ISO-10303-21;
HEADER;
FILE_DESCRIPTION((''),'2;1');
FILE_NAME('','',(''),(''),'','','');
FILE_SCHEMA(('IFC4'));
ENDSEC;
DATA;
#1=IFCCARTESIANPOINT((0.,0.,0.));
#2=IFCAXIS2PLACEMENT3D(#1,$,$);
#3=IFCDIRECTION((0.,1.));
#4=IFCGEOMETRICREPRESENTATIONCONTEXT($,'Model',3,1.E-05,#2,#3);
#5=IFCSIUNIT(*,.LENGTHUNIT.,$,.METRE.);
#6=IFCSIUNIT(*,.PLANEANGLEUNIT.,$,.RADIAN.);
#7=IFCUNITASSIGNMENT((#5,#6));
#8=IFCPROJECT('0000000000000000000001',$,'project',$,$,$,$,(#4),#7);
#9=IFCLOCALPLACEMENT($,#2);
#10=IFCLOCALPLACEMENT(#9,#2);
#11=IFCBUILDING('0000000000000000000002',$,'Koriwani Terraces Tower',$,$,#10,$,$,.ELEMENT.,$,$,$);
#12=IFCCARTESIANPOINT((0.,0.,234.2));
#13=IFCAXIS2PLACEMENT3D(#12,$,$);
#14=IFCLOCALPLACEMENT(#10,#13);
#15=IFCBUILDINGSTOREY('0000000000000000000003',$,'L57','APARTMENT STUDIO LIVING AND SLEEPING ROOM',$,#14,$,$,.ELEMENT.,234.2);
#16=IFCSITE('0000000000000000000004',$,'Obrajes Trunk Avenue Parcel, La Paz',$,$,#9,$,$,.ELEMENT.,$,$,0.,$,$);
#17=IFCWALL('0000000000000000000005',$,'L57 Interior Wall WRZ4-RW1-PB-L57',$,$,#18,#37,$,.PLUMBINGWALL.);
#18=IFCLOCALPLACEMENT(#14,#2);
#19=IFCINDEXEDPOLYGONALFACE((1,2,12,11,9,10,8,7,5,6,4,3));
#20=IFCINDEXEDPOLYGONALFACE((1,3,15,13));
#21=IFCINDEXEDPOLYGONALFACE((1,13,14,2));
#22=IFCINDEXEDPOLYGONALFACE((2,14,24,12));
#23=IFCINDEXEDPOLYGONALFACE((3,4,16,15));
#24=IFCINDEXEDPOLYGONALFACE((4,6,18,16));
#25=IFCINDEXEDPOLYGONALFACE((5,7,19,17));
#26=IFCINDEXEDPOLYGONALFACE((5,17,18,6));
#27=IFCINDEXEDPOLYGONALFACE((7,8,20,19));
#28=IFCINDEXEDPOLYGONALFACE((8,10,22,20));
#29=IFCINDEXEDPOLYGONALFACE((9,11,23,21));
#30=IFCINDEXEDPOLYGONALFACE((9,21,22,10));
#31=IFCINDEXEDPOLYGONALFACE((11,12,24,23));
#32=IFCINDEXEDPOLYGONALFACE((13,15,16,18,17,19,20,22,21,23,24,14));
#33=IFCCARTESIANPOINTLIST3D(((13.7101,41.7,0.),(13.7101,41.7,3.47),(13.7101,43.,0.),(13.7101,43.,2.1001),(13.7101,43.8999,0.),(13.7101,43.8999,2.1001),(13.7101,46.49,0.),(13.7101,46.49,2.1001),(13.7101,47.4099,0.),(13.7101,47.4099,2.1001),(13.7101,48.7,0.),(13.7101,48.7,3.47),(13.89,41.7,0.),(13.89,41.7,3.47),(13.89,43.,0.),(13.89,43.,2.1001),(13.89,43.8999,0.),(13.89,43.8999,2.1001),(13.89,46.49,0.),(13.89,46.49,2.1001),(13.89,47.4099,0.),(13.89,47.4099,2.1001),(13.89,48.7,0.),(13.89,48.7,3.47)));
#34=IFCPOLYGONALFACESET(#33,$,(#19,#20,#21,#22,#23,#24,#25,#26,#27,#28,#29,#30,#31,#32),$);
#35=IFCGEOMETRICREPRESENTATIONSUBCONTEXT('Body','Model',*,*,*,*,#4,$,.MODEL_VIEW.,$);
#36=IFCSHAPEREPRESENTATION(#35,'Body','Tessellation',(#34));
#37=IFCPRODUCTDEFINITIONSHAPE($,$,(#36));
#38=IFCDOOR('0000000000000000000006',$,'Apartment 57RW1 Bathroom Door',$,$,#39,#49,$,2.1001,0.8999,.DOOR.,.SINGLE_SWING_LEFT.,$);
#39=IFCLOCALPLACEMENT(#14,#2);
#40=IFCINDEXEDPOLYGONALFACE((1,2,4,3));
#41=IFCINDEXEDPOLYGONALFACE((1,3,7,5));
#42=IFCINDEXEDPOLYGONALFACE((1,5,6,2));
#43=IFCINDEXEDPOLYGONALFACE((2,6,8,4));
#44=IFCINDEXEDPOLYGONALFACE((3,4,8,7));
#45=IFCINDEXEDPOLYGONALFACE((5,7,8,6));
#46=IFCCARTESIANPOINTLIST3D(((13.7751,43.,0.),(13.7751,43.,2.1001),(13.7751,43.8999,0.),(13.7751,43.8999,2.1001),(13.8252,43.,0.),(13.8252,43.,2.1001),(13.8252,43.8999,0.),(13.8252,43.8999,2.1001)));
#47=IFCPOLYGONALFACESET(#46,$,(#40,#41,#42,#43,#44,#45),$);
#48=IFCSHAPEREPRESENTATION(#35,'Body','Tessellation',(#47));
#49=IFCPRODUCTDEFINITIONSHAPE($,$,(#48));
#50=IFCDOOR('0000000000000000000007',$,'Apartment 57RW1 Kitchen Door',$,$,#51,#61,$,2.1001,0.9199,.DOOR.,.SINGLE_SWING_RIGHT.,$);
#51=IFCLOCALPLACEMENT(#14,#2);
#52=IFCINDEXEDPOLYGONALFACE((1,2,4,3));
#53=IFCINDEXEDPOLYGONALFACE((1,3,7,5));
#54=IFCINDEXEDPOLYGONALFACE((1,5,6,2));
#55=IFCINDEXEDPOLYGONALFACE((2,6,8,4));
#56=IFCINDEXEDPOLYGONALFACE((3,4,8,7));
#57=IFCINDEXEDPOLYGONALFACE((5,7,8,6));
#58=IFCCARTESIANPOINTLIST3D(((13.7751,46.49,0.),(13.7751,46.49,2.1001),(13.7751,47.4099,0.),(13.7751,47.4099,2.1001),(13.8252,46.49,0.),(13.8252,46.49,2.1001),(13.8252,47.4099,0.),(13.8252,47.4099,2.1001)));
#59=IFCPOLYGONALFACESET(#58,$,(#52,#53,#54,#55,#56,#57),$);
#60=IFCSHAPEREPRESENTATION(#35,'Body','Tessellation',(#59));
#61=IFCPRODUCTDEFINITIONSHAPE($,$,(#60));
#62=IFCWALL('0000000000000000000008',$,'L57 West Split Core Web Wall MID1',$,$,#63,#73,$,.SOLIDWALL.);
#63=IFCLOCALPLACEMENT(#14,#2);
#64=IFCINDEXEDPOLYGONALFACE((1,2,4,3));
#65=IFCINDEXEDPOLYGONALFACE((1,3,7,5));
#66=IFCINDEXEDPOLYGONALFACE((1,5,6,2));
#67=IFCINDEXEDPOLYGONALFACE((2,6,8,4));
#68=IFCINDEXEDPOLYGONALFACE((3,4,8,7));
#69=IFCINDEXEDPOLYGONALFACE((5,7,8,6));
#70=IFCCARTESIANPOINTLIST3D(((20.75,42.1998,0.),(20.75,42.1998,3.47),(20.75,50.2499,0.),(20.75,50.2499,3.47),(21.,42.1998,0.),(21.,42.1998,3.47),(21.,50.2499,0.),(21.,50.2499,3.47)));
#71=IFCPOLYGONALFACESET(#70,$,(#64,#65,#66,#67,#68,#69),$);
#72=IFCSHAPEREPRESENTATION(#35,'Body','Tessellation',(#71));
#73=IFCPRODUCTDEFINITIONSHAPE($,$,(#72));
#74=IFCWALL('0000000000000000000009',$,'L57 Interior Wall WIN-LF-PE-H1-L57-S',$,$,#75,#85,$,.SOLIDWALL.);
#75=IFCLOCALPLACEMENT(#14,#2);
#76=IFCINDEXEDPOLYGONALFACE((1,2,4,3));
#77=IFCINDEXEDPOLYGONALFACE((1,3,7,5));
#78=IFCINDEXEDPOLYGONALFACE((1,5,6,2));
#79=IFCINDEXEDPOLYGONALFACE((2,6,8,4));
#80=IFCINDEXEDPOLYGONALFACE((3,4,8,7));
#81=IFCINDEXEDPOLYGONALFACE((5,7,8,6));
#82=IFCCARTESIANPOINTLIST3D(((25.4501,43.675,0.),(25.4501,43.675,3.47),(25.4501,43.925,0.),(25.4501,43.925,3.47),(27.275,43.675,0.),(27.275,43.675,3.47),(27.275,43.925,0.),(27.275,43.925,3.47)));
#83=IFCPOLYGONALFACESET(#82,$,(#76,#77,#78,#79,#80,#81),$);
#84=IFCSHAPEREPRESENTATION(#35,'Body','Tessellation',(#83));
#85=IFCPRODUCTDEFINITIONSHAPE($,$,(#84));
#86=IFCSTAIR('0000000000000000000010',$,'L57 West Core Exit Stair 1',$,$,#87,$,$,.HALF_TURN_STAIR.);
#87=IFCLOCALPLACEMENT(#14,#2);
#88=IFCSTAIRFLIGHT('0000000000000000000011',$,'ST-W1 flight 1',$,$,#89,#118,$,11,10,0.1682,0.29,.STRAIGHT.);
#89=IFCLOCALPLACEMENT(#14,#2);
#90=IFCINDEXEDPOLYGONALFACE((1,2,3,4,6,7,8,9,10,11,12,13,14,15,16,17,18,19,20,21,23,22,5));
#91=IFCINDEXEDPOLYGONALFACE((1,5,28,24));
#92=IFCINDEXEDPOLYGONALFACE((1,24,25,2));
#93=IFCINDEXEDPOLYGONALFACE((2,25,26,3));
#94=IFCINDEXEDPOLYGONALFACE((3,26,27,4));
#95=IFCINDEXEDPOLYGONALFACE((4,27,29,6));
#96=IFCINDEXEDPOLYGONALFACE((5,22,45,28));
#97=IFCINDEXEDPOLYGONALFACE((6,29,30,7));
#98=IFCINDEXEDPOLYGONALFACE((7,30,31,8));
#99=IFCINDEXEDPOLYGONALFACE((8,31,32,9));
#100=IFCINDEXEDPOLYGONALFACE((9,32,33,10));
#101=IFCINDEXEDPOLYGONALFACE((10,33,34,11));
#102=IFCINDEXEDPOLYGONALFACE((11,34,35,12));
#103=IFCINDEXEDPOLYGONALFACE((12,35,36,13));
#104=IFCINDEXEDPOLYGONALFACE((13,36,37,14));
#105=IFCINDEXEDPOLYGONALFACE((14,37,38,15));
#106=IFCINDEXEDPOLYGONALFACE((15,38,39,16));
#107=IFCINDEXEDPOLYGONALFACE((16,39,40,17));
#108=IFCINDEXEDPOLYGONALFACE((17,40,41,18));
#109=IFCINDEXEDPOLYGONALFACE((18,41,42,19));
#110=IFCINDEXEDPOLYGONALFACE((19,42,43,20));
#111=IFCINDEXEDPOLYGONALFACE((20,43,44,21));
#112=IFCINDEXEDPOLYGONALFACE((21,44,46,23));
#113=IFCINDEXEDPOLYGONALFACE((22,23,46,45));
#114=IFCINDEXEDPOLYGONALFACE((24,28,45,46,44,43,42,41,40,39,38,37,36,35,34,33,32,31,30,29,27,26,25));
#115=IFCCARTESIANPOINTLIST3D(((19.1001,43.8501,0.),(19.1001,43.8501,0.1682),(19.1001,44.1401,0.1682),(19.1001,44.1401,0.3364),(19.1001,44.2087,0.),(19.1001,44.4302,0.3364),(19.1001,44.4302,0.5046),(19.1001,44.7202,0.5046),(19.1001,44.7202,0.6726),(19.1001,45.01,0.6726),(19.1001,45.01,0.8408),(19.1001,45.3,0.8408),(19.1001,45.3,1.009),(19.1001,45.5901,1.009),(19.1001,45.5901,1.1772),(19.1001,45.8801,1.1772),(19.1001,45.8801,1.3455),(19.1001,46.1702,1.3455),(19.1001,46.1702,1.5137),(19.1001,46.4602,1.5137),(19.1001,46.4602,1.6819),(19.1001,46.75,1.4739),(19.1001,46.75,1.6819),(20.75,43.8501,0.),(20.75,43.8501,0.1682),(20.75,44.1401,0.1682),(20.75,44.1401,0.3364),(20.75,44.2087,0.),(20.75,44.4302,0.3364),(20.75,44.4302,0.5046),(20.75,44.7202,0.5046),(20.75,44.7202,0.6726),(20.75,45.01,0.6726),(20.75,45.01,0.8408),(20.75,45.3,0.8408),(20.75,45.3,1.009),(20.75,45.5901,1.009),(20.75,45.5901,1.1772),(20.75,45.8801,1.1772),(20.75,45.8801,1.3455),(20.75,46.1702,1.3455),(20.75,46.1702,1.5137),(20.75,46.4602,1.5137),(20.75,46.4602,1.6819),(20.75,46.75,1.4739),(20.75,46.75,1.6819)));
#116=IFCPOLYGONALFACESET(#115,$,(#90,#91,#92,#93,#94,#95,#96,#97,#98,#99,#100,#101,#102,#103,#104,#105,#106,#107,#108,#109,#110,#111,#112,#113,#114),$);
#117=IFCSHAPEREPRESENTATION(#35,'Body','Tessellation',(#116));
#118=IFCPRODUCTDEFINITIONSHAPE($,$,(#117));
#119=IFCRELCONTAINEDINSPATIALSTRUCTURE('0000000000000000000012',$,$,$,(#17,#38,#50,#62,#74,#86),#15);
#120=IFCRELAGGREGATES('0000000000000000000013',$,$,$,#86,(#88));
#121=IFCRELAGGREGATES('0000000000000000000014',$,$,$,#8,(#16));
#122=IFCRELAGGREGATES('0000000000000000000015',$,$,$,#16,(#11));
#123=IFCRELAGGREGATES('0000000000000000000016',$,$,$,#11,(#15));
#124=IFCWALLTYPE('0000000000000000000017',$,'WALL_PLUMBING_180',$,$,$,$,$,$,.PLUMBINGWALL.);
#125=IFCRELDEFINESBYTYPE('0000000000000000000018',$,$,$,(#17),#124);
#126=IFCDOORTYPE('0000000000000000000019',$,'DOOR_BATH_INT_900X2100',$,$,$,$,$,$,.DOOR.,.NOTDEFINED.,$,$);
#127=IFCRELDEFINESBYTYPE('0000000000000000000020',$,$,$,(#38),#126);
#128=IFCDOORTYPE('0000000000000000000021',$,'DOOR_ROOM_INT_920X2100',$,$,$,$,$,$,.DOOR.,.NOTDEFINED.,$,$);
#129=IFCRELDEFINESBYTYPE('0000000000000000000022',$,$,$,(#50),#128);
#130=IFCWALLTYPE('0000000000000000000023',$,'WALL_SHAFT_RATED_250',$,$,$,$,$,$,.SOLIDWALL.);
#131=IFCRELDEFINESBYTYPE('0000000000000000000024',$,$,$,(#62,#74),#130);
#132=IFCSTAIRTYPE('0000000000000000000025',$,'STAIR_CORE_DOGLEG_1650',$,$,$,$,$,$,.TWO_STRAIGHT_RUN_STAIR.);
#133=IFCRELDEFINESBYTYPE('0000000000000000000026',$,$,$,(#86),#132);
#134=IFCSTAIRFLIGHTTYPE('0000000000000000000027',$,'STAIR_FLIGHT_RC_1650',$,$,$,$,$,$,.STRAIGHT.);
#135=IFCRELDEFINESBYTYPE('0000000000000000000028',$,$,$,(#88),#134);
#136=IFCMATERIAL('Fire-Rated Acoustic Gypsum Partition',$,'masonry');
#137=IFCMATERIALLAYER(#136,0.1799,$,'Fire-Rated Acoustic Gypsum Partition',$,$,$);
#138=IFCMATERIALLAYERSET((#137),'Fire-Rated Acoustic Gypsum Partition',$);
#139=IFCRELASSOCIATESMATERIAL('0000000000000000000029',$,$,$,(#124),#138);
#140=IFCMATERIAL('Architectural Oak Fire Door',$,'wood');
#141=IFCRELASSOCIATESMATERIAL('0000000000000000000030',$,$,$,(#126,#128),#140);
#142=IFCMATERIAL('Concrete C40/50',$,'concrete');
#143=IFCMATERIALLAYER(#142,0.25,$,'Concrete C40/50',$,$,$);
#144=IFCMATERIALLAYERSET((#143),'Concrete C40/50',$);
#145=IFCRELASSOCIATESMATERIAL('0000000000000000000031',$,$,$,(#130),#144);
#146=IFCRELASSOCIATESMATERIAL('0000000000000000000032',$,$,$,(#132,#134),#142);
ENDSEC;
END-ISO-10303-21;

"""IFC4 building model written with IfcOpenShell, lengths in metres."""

from ifc_helpers import new_model, si_unit, direction, frame, frame_2d, origin, place, context, subcontext, project, spatial, polyline, rectangle, outline, extrude, material, layer, layer_set, type_object, element, fill, aggregate, save


model = new_model("IFC4")

# Units and contexts
model_context = context("Model", 3, precision=1e-05, world=origin(), true_north=direction((0.0, 1.0)))
body_context = subcontext(model_context, "Body", "Model", "MODEL_VIEW")
ifc_project = project(units=[si_unit("LENGTHUNIT", "METRE"), si_unit("PLANEANGLEUNIT", "RADIAN")], contexts=[model_context])

# Site, building, storey
site_placement = place(None, origin())
site = spatial("IfcSite", under=ifc_project, at=site_placement, Name="Obrajes Trunk Avenue Parcel, La Paz", CompositionType="ELEMENT", RefElevation=0.0)
building_placement = place(site_placement, origin())
building = spatial("IfcBuilding", under=site, at=building_placement, Name="Koriwani Terraces Tower", CompositionType="ELEMENT")
storey_placement = place(building_placement, frame((0.0, 0.0, 234.2)))
storey = spatial("IfcBuildingStorey", under=building, at=storey_placement, Name="L57", Description="APARTMENT STUDIO LIVING AND SLEEPING ROOM", CompositionType="ELEMENT", Elevation=234.2)

# Shared definitions
ifc_material_1 = material(Name="Concrete C40/50", Category="concrete")

# Shared definitions
ifc_material_2 = material(Name="Architectural Oak Fire Door", Category="wood")

# Wall, openings, doors
ifc_material_3 = material(Name="Fire-Rated Acoustic Gypsum Partition", Category="masonry")
ifc_layer_1 = layer(ifc_material_3, 0.1799, Name="Fire-Rated Acoustic Gypsum Partition")
ifc_layer_set_1 = layer_set([ifc_layer_1], Name="Fire-Rated Acoustic Gypsum Partition")
wall_type_1 = type_object("IfcWallType", Name="WALL_PLUMBING_180", PredefinedType="PLUMBINGWALL", material=ifc_layer_set_1)
wall_1_placement = place(storey_placement, frame((13.8, 41.7, 0.0), z_axis=(0.0, 0.0, 1.0), x_axis=(0.0, 1.0, 0.0)))
wall_1 = element("IfcWall", 1, at=wall_1_placement, inside=storey, type_object=wall_type_1, Name="L57 Interior Wall WRZ4-RW1-PB-L57", PredefinedType="PLUMBINGWALL", context=body_context, shape_type="SweptSolid", body=[
    extrude(rectangle(XDim=7.0, YDim=0.1799, at=frame_2d((3.5, 0.0))), origin(), (0.0, 0.0, 1.0), 3.47),
])
opening_1_placement = place(wall_1_placement, frame((1.3, 0.0, 0.0)))
opening_1 = element("IfcOpeningElement", 2, at=opening_1_placement, cuts=wall_1, PredefinedType="OPENING", context=body_context, shape_type="SweptSolid", body=[
    extrude(rectangle(XDim=0.8999, YDim=2.1001, at=frame_2d((0.45, 1.05))), frame((0.0, 0.1001, 0.0), z_axis=(0.0, -1.0, 0.0), x_axis=(1.0, 0.0, 0.0)), (0.0, 0.0, 1.0), 0.2),
])
opening_2_placement = place(wall_1_placement, frame((4.79, 0.0, 0.0)))
opening_2 = element("IfcOpeningElement", 3, at=opening_2_placement, cuts=wall_1, PredefinedType="OPENING", context=body_context, shape_type="SweptSolid", body=[
    extrude(rectangle(XDim=0.9199, YDim=2.1001, at=frame_2d((0.46, 1.05))), frame((0.0, 0.1001, 0.0), z_axis=(0.0, -1.0, 0.0), x_axis=(1.0, 0.0, 0.0)), (0.0, 0.0, 1.0), 0.2),
])
door_type_1 = type_object("IfcDoorType", Name="DOOR_BATH_INT_900X2100", OperationType="NOTDEFINED", PredefinedType="DOOR", material=ifc_material_2)
door_1_placement = place(opening_1_placement, origin())
door_1 = element("IfcDoor", 4, at=door_1_placement, inside=storey, type_object=door_type_1, Name="Apartment 57RW1 Bathroom Door", OperationType="SINGLE_SWING_LEFT", OverallHeight=2.1001, OverallWidth=0.8999, PredefinedType="DOOR", context=body_context, shape_type="SweptSolid", body=[
    extrude(rectangle(XDim=0.8999, YDim=2.1001, at=frame_2d((0.45, 1.05))), frame((0.0, 0.0249, 0.0), z_axis=(0.0, -1.0, 0.0), x_axis=(1.0, 0.0, 0.0)), (0.0, 0.0, 1.0), 0.05),
])
fill(opening_1, door_1)
door_type_2 = type_object("IfcDoorType", Name="DOOR_ROOM_INT_920X2100", OperationType="NOTDEFINED", PredefinedType="DOOR", material=ifc_material_2)
door_2_placement = place(opening_2_placement, origin())
door_2 = element("IfcDoor", 5, at=door_2_placement, inside=storey, type_object=door_type_2, Name="Apartment 57RW1 Kitchen Door", OperationType="SINGLE_SWING_RIGHT", OverallHeight=2.1001, OverallWidth=0.9199, PredefinedType="DOOR", context=body_context, shape_type="SweptSolid", body=[
    extrude(rectangle(XDim=0.9199, YDim=2.1001, at=frame_2d((0.46, 1.05))), frame((0.0, 0.0249, 0.0), z_axis=(0.0, -1.0, 0.0), x_axis=(1.0, 0.0, 0.0)), (0.0, 0.0, 1.0), 0.05),
])
fill(opening_2, door_2)

# Wall
ifc_layer_2 = layer(ifc_material_1, 0.25, Name="Concrete C40/50")
ifc_layer_set_2 = layer_set([ifc_layer_2], Name="Concrete C40/50")
wall_type_2 = type_object("IfcWallType", Name="WALL_SHAFT_RATED_250", PredefinedType="SOLIDWALL", material=ifc_layer_set_2)
wall_2_placement = place(storey_placement, frame((20.875, 42.2, 0.0), z_axis=(0.0, 0.0, 1.0), x_axis=(0.0, 1.0, 0.0)))
element("IfcWall", 6, at=wall_2_placement, inside=storey, type_object=wall_type_2, Name="L57 West Split Core Web Wall MID1", PredefinedType="SOLIDWALL", context=body_context, shape_type="SweptSolid", body=[
    extrude(rectangle(XDim=8.05, YDim=0.25, at=frame_2d((4.0249, 0.0))), origin(), (0.0, 0.0, 1.0), 3.47),
])

# Wall
wall_3_placement = place(storey_placement, frame((25.45, 43.8, 0.0), z_axis=(0.0, 0.0, 1.0), x_axis=(1.0, 0.0, 0.0)))
element("IfcWall", 7, at=wall_3_placement, inside=storey, type_object=wall_type_2, Name="L57 Interior Wall WIN-LF-PE-H1-L57-S", PredefinedType="SOLIDWALL", context=body_context, shape_type="SweptSolid", body=[
    extrude(rectangle(XDim=1.825, YDim=0.25, at=frame_2d((0.9126, 0.0))), origin(), (0.0, 0.0, 1.0), 3.47),
])

# Stair, stair flight
stair_type = type_object("IfcStairType", Name="STAIR_CORE_DOGLEG_1650", PredefinedType="TWO_STRAIGHT_RUN_STAIR", material=ifc_material_1)
stair_placement = place(storey_placement, origin())
stair = element("IfcStair", 8, at=stair_placement, inside=storey, type_object=stair_type, Name="L57 West Core Exit Stair 1", PredefinedType="HALF_TURN_STAIR")
stair_flight_type = type_object("IfcStairFlightType", Name="STAIR_FLIGHT_RC_1650", PredefinedType="STRAIGHT", material=ifc_material_1)
stair_flight_placement = place(storey_placement, frame((19.925, 43.8501, 0.0), z_axis=(0.0, 0.0, 1.0), x_axis=(0.0, 1.0, 0.0)))
stair_flight = element("IfcStairFlight", 9, at=stair_flight_placement, type_object=stair_flight_type, Name="ST-W1 flight 1", NumberOfRisers=11, NumberOfTreads=10, PredefinedType="STRAIGHT", RiserHeight=0.1682, TreadLength=0.29, context=body_context, shape_type="SweptSolid", body=[
    extrude(outline(polyline([(0.0, 0.0), (0.0, 0.1682), (0.29, 0.1682), (0.29, 0.3364), (0.5801, 0.3364), (0.5801, 0.5046), (0.8701, 0.5046), (0.8701, 0.6726), (1.1599, 0.6726), (1.1599, 0.8408), (1.45, 0.8408), (1.45, 1.009), (1.74, 1.009), (1.74, 1.1772), (2.03, 1.1772), (2.03, 1.3455), (2.3201, 1.3455), (2.3201, 1.5137), (2.6101, 1.5137), (2.6101, 1.6819), (2.8999, 1.6819), (2.8999, 1.8501), (2.8999, 1.4739), (0.3586, 0.0), (0.0, 0.0)])), frame((0.0, 0.825, 0.0), z_axis=(0.0, -1.0, 0.0), x_axis=(1.0, 0.0, 0.0)), (0.0, 0.0, 1.0), 1.6499),
])
aggregate(stair, [stair_flight])

save(model, "model.ifc")
